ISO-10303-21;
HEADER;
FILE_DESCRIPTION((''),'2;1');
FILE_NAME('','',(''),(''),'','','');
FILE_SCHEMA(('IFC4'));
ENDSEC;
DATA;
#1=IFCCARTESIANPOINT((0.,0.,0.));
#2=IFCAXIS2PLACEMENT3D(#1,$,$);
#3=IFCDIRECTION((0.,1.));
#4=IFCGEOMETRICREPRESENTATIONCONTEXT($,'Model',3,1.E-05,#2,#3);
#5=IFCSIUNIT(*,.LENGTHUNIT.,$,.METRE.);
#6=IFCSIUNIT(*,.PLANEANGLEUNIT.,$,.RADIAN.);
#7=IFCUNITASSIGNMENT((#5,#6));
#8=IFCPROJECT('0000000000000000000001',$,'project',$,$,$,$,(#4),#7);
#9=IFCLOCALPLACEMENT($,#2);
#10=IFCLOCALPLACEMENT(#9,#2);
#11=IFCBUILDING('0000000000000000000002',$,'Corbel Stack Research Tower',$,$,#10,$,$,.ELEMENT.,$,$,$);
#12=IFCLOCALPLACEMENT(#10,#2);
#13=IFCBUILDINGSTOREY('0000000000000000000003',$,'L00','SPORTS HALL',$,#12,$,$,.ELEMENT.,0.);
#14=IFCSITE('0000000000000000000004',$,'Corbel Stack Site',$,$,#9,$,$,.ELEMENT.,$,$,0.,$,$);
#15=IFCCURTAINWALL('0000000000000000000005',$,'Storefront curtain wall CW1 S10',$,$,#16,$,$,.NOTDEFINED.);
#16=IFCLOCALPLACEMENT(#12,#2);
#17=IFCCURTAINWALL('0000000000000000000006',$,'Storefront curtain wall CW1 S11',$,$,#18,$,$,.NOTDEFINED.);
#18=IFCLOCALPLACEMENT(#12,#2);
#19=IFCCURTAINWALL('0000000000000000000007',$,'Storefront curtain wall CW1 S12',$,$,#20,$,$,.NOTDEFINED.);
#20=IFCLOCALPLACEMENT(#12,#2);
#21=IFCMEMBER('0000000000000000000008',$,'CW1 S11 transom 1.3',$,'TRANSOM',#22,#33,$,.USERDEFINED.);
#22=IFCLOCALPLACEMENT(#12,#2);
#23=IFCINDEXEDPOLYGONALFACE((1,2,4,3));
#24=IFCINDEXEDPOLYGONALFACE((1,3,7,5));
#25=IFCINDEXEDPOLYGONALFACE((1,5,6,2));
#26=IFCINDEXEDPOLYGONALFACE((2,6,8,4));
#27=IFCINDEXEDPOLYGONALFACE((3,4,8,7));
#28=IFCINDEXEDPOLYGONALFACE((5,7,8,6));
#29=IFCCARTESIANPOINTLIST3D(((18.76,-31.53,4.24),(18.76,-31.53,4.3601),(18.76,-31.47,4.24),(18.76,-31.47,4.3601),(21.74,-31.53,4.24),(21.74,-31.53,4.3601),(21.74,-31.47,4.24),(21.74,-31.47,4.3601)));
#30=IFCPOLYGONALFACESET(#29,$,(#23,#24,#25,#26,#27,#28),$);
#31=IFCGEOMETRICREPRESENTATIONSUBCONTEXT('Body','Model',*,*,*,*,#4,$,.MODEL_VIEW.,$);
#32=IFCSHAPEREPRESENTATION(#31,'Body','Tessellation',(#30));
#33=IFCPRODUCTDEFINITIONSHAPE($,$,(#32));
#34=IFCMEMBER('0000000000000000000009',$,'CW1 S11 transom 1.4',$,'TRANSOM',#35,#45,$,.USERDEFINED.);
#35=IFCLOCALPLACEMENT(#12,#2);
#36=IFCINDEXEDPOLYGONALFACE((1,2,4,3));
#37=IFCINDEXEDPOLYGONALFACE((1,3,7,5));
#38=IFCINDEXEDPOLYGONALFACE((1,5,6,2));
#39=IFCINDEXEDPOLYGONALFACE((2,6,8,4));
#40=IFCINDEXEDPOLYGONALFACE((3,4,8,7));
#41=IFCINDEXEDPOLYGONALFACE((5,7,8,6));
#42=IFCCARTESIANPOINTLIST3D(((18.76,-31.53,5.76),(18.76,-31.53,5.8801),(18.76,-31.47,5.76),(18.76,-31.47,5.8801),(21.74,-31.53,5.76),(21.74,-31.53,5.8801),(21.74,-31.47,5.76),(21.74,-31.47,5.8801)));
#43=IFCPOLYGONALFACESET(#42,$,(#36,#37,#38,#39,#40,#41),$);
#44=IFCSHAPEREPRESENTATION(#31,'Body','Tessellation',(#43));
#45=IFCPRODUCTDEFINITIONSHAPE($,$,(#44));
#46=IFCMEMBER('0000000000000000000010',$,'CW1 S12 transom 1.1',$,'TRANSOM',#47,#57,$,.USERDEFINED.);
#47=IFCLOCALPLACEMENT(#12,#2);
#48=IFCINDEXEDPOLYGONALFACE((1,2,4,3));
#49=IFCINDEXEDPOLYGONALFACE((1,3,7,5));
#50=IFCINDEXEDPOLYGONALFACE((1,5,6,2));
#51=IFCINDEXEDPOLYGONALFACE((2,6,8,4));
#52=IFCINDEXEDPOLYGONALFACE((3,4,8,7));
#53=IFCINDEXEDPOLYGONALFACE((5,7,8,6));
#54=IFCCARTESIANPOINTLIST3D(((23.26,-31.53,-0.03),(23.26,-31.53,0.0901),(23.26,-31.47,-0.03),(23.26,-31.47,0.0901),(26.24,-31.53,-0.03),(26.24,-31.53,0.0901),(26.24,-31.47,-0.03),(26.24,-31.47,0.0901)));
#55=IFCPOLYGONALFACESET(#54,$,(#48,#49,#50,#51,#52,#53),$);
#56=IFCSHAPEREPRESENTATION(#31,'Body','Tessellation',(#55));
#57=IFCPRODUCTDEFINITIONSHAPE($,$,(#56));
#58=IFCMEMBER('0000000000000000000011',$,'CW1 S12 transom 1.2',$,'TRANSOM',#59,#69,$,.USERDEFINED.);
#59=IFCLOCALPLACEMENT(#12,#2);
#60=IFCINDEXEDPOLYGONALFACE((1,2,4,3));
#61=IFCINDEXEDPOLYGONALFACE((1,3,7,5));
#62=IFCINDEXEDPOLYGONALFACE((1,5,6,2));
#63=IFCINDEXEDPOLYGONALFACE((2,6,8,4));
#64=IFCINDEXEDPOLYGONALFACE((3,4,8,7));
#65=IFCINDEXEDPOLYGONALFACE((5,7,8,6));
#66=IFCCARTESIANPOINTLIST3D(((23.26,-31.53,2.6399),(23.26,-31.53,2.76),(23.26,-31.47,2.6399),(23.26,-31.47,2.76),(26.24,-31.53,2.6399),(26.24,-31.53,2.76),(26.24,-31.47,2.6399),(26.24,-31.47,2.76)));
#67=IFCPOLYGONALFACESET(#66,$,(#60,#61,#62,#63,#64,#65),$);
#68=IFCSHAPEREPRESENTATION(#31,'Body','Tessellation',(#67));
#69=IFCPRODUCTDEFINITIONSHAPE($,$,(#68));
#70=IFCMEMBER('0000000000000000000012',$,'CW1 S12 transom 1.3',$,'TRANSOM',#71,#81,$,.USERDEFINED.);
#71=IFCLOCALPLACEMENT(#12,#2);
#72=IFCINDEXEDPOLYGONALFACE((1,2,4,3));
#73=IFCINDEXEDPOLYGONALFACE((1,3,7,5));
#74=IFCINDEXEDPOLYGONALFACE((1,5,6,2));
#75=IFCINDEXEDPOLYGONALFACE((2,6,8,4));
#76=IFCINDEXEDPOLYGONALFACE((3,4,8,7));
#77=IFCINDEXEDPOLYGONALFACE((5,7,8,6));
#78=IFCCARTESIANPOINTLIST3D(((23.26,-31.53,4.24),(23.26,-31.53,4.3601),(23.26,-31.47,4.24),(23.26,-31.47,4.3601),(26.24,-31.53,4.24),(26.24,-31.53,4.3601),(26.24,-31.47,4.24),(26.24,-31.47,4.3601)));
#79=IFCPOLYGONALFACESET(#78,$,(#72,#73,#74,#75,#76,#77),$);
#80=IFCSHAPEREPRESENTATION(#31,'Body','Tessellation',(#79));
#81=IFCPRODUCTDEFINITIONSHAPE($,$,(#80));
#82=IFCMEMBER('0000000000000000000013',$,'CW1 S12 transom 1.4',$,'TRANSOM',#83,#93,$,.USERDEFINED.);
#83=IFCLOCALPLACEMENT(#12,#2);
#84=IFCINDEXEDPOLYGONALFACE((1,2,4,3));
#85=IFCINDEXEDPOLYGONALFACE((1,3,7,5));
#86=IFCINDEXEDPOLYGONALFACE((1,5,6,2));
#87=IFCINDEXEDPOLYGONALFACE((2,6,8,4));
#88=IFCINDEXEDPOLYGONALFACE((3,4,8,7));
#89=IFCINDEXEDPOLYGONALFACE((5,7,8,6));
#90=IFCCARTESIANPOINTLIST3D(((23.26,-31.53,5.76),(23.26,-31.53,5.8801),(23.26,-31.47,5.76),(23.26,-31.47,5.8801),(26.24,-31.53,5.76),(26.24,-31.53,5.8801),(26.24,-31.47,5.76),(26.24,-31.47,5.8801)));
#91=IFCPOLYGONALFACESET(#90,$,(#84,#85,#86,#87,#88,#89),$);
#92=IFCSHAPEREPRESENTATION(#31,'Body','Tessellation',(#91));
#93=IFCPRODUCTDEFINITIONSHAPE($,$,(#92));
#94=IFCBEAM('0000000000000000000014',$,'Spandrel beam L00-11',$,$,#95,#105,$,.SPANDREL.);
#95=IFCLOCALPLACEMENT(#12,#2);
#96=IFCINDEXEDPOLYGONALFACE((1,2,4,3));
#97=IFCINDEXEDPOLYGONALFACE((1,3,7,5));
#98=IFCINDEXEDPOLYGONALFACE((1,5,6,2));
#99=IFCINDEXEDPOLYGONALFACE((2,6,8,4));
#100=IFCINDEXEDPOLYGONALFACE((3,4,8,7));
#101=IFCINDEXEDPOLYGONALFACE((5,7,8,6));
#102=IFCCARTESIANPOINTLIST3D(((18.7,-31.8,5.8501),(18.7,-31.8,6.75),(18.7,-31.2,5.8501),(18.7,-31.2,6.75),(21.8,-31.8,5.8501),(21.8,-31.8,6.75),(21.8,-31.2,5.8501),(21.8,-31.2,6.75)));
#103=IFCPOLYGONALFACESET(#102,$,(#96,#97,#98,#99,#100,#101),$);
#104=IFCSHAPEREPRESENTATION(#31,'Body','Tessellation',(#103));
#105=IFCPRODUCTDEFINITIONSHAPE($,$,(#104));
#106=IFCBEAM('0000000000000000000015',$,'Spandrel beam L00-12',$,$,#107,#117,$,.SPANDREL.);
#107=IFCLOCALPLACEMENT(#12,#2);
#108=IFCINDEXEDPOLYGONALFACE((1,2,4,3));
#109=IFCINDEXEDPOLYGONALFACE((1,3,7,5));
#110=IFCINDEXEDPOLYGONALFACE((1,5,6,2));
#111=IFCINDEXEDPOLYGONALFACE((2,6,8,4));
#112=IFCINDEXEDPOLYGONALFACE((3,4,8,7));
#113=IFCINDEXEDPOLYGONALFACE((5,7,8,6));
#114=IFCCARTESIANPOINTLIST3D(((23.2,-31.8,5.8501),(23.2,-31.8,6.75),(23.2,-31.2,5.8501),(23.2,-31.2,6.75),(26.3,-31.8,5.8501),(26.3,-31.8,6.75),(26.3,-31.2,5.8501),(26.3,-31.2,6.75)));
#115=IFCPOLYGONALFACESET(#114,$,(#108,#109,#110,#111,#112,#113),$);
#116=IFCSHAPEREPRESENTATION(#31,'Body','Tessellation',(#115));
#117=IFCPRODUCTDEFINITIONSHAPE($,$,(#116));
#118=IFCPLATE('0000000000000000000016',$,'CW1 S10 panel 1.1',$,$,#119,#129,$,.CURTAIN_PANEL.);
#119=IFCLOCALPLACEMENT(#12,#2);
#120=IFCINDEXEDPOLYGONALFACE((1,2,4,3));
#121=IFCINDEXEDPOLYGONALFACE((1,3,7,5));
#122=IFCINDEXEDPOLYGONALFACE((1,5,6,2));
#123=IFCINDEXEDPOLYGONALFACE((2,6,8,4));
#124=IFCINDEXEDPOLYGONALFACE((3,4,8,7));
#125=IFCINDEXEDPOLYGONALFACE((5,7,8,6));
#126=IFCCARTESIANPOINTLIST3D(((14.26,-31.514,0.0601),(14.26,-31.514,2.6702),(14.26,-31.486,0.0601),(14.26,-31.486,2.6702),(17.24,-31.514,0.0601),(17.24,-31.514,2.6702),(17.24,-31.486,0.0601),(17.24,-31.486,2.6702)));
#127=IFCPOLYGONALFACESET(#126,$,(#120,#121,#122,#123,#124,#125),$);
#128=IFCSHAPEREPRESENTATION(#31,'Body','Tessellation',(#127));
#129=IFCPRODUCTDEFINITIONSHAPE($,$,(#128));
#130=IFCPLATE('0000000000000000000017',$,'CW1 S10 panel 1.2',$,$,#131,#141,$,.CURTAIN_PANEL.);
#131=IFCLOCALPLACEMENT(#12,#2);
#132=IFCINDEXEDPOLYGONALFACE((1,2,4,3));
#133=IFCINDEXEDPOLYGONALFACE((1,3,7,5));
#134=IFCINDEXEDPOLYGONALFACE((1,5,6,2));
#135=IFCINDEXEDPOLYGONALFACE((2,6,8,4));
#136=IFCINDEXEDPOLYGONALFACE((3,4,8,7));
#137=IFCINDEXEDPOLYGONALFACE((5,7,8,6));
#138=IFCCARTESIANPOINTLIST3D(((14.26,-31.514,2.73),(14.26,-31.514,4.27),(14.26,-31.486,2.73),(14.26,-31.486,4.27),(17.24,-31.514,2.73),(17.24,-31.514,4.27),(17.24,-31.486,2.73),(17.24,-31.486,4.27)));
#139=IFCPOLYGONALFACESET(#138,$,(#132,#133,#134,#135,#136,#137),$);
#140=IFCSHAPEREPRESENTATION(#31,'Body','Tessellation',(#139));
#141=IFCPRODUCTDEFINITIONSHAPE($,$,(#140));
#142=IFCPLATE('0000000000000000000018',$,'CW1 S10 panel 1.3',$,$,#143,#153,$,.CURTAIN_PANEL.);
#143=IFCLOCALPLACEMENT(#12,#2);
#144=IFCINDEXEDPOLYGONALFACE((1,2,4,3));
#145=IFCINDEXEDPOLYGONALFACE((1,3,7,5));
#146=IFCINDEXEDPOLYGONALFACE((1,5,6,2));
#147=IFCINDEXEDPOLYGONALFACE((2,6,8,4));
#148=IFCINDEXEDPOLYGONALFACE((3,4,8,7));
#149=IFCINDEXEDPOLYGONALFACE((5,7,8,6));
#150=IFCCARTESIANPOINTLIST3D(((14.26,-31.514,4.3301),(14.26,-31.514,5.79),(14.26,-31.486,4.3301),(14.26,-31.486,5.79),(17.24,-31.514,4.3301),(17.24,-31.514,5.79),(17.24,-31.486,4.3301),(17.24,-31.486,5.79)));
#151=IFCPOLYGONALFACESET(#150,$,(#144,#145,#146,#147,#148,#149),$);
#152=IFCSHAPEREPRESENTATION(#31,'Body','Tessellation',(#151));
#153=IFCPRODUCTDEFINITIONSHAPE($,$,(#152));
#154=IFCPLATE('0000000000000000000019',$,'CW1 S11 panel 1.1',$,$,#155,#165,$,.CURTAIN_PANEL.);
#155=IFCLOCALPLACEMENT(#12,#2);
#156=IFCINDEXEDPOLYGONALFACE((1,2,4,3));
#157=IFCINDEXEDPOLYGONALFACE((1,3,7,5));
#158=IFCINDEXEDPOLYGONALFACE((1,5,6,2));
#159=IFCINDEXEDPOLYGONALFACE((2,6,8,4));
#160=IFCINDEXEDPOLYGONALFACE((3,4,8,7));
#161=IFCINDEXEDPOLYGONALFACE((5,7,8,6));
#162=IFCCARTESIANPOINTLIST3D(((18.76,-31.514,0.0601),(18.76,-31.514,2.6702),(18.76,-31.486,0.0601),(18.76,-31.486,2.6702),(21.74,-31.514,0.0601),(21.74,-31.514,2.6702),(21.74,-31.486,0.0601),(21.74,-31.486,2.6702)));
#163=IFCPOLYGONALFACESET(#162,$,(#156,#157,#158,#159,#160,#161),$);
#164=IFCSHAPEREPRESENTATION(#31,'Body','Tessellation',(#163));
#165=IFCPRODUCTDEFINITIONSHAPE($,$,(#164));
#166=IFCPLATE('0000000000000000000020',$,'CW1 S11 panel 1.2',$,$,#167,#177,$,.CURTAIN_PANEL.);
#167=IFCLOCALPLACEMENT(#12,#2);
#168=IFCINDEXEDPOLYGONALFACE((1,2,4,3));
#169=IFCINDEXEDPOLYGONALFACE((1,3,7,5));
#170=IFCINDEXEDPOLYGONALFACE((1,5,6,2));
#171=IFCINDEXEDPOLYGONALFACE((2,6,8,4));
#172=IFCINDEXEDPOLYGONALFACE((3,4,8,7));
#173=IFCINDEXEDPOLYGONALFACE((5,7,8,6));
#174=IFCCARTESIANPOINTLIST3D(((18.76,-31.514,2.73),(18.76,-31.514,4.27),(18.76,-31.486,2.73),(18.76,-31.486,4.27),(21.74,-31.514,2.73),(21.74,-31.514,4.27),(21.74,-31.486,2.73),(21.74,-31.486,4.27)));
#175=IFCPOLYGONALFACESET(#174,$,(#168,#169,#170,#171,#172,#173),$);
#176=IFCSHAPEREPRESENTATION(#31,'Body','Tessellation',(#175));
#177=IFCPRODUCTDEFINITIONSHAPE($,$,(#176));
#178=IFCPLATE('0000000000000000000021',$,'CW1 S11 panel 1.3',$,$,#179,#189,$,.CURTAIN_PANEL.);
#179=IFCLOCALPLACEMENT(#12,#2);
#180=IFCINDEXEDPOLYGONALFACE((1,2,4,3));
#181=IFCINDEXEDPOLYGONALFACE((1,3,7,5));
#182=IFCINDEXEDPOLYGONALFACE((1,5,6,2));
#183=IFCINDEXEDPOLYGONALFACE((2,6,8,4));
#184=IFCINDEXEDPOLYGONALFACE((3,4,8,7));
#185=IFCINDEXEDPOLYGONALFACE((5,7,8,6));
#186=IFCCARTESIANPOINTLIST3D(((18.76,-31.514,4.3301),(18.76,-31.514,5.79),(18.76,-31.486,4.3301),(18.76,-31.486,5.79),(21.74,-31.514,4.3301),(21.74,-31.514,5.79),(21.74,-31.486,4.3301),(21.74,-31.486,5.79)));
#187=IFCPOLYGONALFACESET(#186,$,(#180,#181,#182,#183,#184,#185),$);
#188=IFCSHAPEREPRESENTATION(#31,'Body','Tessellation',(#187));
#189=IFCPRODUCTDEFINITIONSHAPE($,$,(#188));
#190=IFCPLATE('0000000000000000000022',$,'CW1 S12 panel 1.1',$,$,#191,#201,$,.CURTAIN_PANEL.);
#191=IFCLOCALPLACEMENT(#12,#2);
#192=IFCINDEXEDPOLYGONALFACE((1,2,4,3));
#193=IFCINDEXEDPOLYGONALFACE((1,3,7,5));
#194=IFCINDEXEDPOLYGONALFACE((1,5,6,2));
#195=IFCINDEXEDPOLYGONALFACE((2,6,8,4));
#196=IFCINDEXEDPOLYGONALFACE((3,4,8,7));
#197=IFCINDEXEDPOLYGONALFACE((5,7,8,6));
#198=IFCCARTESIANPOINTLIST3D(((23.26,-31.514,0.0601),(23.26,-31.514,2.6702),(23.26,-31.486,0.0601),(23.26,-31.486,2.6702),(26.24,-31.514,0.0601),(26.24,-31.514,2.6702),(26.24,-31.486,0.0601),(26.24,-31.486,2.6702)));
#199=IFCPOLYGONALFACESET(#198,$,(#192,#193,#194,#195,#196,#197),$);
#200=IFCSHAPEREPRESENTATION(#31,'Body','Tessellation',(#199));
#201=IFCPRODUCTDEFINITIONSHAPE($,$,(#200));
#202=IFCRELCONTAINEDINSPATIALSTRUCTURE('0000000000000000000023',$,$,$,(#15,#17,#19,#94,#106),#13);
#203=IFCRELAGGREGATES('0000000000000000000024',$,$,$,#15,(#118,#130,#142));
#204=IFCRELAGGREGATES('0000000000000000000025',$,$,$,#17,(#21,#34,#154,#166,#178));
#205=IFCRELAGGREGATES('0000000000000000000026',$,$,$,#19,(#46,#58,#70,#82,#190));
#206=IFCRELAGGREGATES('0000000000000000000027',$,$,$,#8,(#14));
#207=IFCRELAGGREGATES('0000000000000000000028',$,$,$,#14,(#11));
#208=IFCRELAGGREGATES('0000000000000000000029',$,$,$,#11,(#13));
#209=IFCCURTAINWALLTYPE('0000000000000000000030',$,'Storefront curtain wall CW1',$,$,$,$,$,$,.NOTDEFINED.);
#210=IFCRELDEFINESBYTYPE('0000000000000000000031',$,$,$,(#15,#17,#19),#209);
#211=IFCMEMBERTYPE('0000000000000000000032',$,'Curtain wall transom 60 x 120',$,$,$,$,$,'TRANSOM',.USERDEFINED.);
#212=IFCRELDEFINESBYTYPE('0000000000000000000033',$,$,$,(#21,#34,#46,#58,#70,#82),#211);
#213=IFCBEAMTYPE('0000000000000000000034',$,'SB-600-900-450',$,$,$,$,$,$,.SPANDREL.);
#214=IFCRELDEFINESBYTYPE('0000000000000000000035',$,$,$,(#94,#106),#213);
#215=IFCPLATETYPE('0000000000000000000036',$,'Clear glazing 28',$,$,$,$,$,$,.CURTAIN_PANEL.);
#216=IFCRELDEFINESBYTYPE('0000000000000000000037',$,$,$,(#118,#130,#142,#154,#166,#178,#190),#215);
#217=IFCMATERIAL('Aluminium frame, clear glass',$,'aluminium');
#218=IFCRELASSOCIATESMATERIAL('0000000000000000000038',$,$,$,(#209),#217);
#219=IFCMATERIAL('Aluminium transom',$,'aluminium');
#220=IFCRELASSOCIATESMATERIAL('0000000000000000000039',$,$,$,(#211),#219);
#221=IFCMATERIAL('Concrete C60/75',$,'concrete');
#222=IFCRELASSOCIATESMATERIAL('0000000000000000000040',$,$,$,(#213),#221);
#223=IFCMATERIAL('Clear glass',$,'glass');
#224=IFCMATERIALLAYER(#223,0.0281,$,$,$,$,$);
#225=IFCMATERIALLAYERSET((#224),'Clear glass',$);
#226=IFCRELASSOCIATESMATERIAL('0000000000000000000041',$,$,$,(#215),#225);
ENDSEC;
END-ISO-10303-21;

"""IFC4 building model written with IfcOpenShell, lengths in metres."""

from ifc_helpers import new_model, si_unit, direction, frame, origin, origin_2d, place, context, subcontext, project, spatial, rectangle, extrude, material, layer, layer_set, material_profile, profile_set, type_object, element, aggregate, save


model = new_model("IFC4")

# Units and contexts
model_context = context("Model", 3, precision=1e-05, world=origin(), true_north=direction((0.0, 1.0)))
body_context = subcontext(model_context, "Body", "Model", "MODEL_VIEW")
ifc_project = project(units=[si_unit("LENGTHUNIT", "METRE"), si_unit("PLANEANGLEUNIT", "RADIAN")], contexts=[model_context])

# Site, building, storey
site_placement = place(None, origin())
site = spatial("IfcSite", under=ifc_project, at=site_placement, Name="Corbel Stack Site", CompositionType="ELEMENT", RefElevation=0.0)
building_placement = place(site_placement, origin())
building = spatial("IfcBuilding", under=site, at=building_placement, Name="Corbel Stack Research Tower", CompositionType="ELEMENT")
storey_placement = place(building_placement, origin())
storey = spatial("IfcBuildingStorey", under=building, at=storey_placement, Name="L00", Description="SPORTS HALL", CompositionType="ELEMENT", Elevation=0.0)

# Curtain walls
ifc_material_1 = material(Name="Aluminium frame, clear glass", Category="aluminium")
curtain_wall_type = type_object("IfcCurtainWallType", Name="Storefront curtain wall CW1", PredefinedType="NOTDEFINED", material=ifc_material_1)
curtain_wall_1_placement = place(storey_placement, origin())
curtain_wall_1 = element("IfcCurtainWall", 1, at=curtain_wall_1_placement, inside=storey, type_object=curtain_wall_type, Name="Storefront curtain wall CW1 S10", PredefinedType="NOTDEFINED")
curtain_wall_2_placement = place(storey_placement, origin())
curtain_wall_2 = element("IfcCurtainWall", 2, at=curtain_wall_2_placement, inside=storey, type_object=curtain_wall_type, Name="Storefront curtain wall CW1 S11", PredefinedType="NOTDEFINED")
curtain_wall_3_placement = place(storey_placement, origin())
curtain_wall_3 = element("IfcCurtainWall", 3, at=curtain_wall_3_placement, inside=storey, type_object=curtain_wall_type, Name="Storefront curtain wall CW1 S12", PredefinedType="NOTDEFINED")

# Members
ifc_material_2 = material(Name="Aluminium transom", Category="aluminium")
ifc_material_profile_1 = material_profile(ifc_material_2, rectangle(XDim=0.0601, YDim=0.1201, at=origin_2d()), Name="Transom 60 x 120")
ifc_profile_set_1 = profile_set([ifc_material_profile_1], Name="Aluminium transom")
member_type_1 = type_object("IfcMemberType", Name="Curtain wall transom 60 x 120", ElementType="TRANSOM", PredefinedType="USERDEFINED", material=ifc_profile_set_1)
member_1_placement = place(storey_placement, frame((18.76, -31.5, 4.3), z_axis=(1.0, 0.0, 0.0), x_axis=(0.0, 1.0, 0.0)))
member_1 = element("IfcMember", 4, at=member_1_placement, type_object=member_type_1, Name="CW1 S11 transom 1.3", ObjectType="TRANSOM", PredefinedType="USERDEFINED", context=body_context, shape_type="SweptSolid", body=[
    extrude(rectangle(XDim=0.0601, YDim=0.1201, at=origin_2d()), origin(), (0.0, 0.0, 1.0), 2.98),
])
member_2_placement = place(storey_placement, frame((18.76, -31.5, 5.8201), z_axis=(1.0, 0.0, 0.0), x_axis=(0.0, 1.0, 0.0)))
member_2 = element("IfcMember", 5, at=member_2_placement, type_object=member_type_1, Name="CW1 S11 transom 1.4", ObjectType="TRANSOM", PredefinedType="USERDEFINED", context=body_context, shape_type="SweptSolid", body=[
    extrude(rectangle(XDim=0.0601, YDim=0.1201, at=origin_2d()), origin(), (0.0, 0.0, 1.0), 2.98),
])
member_3_placement = place(storey_placement, frame((23.26, -31.5, 0.03), z_axis=(1.0, 0.0, 0.0), x_axis=(0.0, 1.0, 0.0)))
member_3 = element("IfcMember", 6, at=member_3_placement, type_object=member_type_1, Name="CW1 S12 transom 1.1", ObjectType="TRANSOM", PredefinedType="USERDEFINED", context=body_context, shape_type="SweptSolid", body=[
    extrude(rectangle(XDim=0.0601, YDim=0.1201, at=origin_2d()), origin(), (0.0, 0.0, 1.0), 2.98),
])
member_4_placement = place(storey_placement, frame((23.26, -31.5, 2.7), z_axis=(1.0, 0.0, 0.0), x_axis=(0.0, 1.0, 0.0)))
member_4 = element("IfcMember", 7, at=member_4_placement, type_object=member_type_1, Name="CW1 S12 transom 1.2", ObjectType="TRANSOM", PredefinedType="USERDEFINED", context=body_context, shape_type="SweptSolid", body=[
    extrude(rectangle(XDim=0.0601, YDim=0.1201, at=origin_2d()), origin(), (0.0, 0.0, 1.0), 2.98),
])
member_5_placement = place(storey_placement, frame((23.26, -31.5, 4.3), z_axis=(1.0, 0.0, 0.0), x_axis=(0.0, 1.0, 0.0)))
member_5 = element("IfcMember", 8, at=member_5_placement, type_object=member_type_1, Name="CW1 S12 transom 1.3", ObjectType="TRANSOM", PredefinedType="USERDEFINED", context=body_context, shape_type="SweptSolid", body=[
    extrude(rectangle(XDim=0.0601, YDim=0.1201, at=origin_2d()), origin(), (0.0, 0.0, 1.0), 2.98),
])
member_6_placement = place(storey_placement, frame((23.26, -31.5, 5.8201), z_axis=(1.0, 0.0, 0.0), x_axis=(0.0, 1.0, 0.0)))
member_6 = element("IfcMember", 9, at=member_6_placement, type_object=member_type_1, Name="CW1 S12 transom 1.4", ObjectType="TRANSOM", PredefinedType="USERDEFINED", context=body_context, shape_type="SweptSolid", body=[
    extrude(rectangle(XDim=0.0601, YDim=0.1201, at=origin_2d()), origin(), (0.0, 0.0, 1.0), 2.98),
])

# Beams
ifc_material_3 = material(Name="Concrete C60/75", Category="concrete")
ifc_material_profile_2 = material_profile(ifc_material_3, rectangle(XDim=0.6001, YDim=0.8999, at=origin_2d()), Name="RC 600 x 900")
ifc_profile_set_2 = profile_set([ifc_material_profile_2], Name="Concrete C60/75")
beam_type = type_object("IfcBeamType", Name="SB-600-900-450", PredefinedType="SPANDREL", material=ifc_profile_set_2)
for number, where, z_axis, x_axis, name in (
    (10, (18.7, -31.5, 6.3), (1.0, 0.0, 0.0), (0.0, 1.0, 0.0), "Spandrel beam L00-11"),
    (11, (23.2, -31.5, 6.3), (1.0, 0.0, 0.0), (0.0, 1.0, 0.0), "Spandrel beam L00-12"),
):
    element("IfcBeam", number, at=place(storey_placement, frame(where, z_axis=z_axis, x_axis=x_axis)), inside=storey, type_object=beam_type, Name=name, PredefinedType="SPANDREL", context=body_context, shape_type="SweptSolid", body=[
        extrude(rectangle(XDim=0.6001, YDim=0.8999, at=origin_2d()), origin(), (0.0, 0.0, 1.0), 3.1001),
    ])

# Plates
ifc_material_4 = material(Name="Clear glass", Category="glass")
ifc_layer = layer(ifc_material_4, 0.0281)
ifc_layer_set = layer_set([ifc_layer], Name="Clear glass")
plate_type = type_object("IfcPlateType", Name="Clear glazing 28", PredefinedType="CURTAIN_PANEL", material=ifc_layer_set)
plate_1_placement = place(storey_placement, frame((15.75, -31.5, 0.0601), z_axis=(0.0, 0.0, 1.0), x_axis=(1.0, 0.0, 0.0)))
plate_1 = element("IfcPlate", 12, at=plate_1_placement, type_object=plate_type, Name="CW1 S10 panel 1.1", PredefinedType="CURTAIN_PANEL", context=body_context, shape_type="SweptSolid", body=[
    extrude(rectangle(XDim=2.98, YDim=0.0281, at=origin_2d()), origin(), (0.0, 0.0, 1.0), 2.6101),
])
plate_2_placement = place(storey_placement, frame((15.75, -31.5, 2.73), z_axis=(0.0, 0.0, 1.0), x_axis=(1.0, 0.0, 0.0)))
plate_2 = element("IfcPlate", 13, at=plate_2_placement, type_object=plate_type, Name="CW1 S10 panel 1.2", PredefinedType="CURTAIN_PANEL", context=body_context, shape_type="SweptSolid", body=[
    extrude(rectangle(XDim=2.98, YDim=0.0281, at=origin_2d()), origin(), (0.0, 0.0, 1.0), 1.54),
])
plate_3_placement = place(storey_placement, frame((15.75, -31.5, 4.3301), z_axis=(0.0, 0.0, 1.0), x_axis=(1.0, 0.0, 0.0)))
plate_3 = element("IfcPlate", 14, at=plate_3_placement, type_object=plate_type, Name="CW1 S10 panel 1.3", PredefinedType="CURTAIN_PANEL", context=body_context, shape_type="SweptSolid", body=[
    extrude(rectangle(XDim=2.98, YDim=0.0281, at=origin_2d()), origin(), (0.0, 0.0, 1.0), 1.46),
])
aggregate(curtain_wall_1, [plate_1, plate_2, plate_3])
plate_4_placement = place(storey_placement, frame((20.25, -31.5, 0.0601), z_axis=(0.0, 0.0, 1.0), x_axis=(1.0, 0.0, 0.0)))
plate_4 = element("IfcPlate", 15, at=plate_4_placement, type_object=plate_type, Name="CW1 S11 panel 1.1", PredefinedType="CURTAIN_PANEL", context=body_context, shape_type="SweptSolid", body=[
    extrude(rectangle(XDim=2.98, YDim=0.0281, at=origin_2d()), origin(), (0.0, 0.0, 1.0), 2.6101),
])
plate_5_placement = place(storey_placement, frame((20.25, -31.5, 2.73), z_axis=(0.0, 0.0, 1.0), x_axis=(1.0, 0.0, 0.0)))
plate_5 = element("IfcPlate", 16, at=plate_5_placement, type_object=plate_type, Name="CW1 S11 panel 1.2", PredefinedType="CURTAIN_PANEL", context=body_context, shape_type="SweptSolid", body=[
    extrude(rectangle(XDim=2.98, YDim=0.0281, at=origin_2d()), origin(), (0.0, 0.0, 1.0), 1.54),
])
plate_6_placement = place(storey_placement, frame((20.25, -31.5, 4.3301), z_axis=(0.0, 0.0, 1.0), x_axis=(1.0, 0.0, 0.0)))
plate_6 = element("IfcPlate", 17, at=plate_6_placement, type_object=plate_type, Name="CW1 S11 panel 1.3", PredefinedType="CURTAIN_PANEL", context=body_context, shape_type="SweptSolid", body=[
    extrude(rectangle(XDim=2.98, YDim=0.0281, at=origin_2d()), origin(), (0.0, 0.0, 1.0), 1.46),
])
aggregate(curtain_wall_2, [member_1, member_2, plate_4, plate_5, plate_6])
plate_7_placement = place(storey_placement, frame((24.75, -31.5, 0.0601), z_axis=(0.0, 0.0, 1.0), x_axis=(1.0, 0.0, 0.0)))
plate_7 = element("IfcPlate", 18, at=plate_7_placement, type_object=plate_type, Name="CW1 S12 panel 1.1", PredefinedType="CURTAIN_PANEL", context=body_context, shape_type="SweptSolid", body=[
    extrude(rectangle(XDim=2.98, YDim=0.0281, at=origin_2d()), origin(), (0.0, 0.0, 1.0), 2.6101),
])
aggregate(curtain_wall_3, [member_3, member_4, member_5, member_6, plate_7])

save(model, "model.ifc")
